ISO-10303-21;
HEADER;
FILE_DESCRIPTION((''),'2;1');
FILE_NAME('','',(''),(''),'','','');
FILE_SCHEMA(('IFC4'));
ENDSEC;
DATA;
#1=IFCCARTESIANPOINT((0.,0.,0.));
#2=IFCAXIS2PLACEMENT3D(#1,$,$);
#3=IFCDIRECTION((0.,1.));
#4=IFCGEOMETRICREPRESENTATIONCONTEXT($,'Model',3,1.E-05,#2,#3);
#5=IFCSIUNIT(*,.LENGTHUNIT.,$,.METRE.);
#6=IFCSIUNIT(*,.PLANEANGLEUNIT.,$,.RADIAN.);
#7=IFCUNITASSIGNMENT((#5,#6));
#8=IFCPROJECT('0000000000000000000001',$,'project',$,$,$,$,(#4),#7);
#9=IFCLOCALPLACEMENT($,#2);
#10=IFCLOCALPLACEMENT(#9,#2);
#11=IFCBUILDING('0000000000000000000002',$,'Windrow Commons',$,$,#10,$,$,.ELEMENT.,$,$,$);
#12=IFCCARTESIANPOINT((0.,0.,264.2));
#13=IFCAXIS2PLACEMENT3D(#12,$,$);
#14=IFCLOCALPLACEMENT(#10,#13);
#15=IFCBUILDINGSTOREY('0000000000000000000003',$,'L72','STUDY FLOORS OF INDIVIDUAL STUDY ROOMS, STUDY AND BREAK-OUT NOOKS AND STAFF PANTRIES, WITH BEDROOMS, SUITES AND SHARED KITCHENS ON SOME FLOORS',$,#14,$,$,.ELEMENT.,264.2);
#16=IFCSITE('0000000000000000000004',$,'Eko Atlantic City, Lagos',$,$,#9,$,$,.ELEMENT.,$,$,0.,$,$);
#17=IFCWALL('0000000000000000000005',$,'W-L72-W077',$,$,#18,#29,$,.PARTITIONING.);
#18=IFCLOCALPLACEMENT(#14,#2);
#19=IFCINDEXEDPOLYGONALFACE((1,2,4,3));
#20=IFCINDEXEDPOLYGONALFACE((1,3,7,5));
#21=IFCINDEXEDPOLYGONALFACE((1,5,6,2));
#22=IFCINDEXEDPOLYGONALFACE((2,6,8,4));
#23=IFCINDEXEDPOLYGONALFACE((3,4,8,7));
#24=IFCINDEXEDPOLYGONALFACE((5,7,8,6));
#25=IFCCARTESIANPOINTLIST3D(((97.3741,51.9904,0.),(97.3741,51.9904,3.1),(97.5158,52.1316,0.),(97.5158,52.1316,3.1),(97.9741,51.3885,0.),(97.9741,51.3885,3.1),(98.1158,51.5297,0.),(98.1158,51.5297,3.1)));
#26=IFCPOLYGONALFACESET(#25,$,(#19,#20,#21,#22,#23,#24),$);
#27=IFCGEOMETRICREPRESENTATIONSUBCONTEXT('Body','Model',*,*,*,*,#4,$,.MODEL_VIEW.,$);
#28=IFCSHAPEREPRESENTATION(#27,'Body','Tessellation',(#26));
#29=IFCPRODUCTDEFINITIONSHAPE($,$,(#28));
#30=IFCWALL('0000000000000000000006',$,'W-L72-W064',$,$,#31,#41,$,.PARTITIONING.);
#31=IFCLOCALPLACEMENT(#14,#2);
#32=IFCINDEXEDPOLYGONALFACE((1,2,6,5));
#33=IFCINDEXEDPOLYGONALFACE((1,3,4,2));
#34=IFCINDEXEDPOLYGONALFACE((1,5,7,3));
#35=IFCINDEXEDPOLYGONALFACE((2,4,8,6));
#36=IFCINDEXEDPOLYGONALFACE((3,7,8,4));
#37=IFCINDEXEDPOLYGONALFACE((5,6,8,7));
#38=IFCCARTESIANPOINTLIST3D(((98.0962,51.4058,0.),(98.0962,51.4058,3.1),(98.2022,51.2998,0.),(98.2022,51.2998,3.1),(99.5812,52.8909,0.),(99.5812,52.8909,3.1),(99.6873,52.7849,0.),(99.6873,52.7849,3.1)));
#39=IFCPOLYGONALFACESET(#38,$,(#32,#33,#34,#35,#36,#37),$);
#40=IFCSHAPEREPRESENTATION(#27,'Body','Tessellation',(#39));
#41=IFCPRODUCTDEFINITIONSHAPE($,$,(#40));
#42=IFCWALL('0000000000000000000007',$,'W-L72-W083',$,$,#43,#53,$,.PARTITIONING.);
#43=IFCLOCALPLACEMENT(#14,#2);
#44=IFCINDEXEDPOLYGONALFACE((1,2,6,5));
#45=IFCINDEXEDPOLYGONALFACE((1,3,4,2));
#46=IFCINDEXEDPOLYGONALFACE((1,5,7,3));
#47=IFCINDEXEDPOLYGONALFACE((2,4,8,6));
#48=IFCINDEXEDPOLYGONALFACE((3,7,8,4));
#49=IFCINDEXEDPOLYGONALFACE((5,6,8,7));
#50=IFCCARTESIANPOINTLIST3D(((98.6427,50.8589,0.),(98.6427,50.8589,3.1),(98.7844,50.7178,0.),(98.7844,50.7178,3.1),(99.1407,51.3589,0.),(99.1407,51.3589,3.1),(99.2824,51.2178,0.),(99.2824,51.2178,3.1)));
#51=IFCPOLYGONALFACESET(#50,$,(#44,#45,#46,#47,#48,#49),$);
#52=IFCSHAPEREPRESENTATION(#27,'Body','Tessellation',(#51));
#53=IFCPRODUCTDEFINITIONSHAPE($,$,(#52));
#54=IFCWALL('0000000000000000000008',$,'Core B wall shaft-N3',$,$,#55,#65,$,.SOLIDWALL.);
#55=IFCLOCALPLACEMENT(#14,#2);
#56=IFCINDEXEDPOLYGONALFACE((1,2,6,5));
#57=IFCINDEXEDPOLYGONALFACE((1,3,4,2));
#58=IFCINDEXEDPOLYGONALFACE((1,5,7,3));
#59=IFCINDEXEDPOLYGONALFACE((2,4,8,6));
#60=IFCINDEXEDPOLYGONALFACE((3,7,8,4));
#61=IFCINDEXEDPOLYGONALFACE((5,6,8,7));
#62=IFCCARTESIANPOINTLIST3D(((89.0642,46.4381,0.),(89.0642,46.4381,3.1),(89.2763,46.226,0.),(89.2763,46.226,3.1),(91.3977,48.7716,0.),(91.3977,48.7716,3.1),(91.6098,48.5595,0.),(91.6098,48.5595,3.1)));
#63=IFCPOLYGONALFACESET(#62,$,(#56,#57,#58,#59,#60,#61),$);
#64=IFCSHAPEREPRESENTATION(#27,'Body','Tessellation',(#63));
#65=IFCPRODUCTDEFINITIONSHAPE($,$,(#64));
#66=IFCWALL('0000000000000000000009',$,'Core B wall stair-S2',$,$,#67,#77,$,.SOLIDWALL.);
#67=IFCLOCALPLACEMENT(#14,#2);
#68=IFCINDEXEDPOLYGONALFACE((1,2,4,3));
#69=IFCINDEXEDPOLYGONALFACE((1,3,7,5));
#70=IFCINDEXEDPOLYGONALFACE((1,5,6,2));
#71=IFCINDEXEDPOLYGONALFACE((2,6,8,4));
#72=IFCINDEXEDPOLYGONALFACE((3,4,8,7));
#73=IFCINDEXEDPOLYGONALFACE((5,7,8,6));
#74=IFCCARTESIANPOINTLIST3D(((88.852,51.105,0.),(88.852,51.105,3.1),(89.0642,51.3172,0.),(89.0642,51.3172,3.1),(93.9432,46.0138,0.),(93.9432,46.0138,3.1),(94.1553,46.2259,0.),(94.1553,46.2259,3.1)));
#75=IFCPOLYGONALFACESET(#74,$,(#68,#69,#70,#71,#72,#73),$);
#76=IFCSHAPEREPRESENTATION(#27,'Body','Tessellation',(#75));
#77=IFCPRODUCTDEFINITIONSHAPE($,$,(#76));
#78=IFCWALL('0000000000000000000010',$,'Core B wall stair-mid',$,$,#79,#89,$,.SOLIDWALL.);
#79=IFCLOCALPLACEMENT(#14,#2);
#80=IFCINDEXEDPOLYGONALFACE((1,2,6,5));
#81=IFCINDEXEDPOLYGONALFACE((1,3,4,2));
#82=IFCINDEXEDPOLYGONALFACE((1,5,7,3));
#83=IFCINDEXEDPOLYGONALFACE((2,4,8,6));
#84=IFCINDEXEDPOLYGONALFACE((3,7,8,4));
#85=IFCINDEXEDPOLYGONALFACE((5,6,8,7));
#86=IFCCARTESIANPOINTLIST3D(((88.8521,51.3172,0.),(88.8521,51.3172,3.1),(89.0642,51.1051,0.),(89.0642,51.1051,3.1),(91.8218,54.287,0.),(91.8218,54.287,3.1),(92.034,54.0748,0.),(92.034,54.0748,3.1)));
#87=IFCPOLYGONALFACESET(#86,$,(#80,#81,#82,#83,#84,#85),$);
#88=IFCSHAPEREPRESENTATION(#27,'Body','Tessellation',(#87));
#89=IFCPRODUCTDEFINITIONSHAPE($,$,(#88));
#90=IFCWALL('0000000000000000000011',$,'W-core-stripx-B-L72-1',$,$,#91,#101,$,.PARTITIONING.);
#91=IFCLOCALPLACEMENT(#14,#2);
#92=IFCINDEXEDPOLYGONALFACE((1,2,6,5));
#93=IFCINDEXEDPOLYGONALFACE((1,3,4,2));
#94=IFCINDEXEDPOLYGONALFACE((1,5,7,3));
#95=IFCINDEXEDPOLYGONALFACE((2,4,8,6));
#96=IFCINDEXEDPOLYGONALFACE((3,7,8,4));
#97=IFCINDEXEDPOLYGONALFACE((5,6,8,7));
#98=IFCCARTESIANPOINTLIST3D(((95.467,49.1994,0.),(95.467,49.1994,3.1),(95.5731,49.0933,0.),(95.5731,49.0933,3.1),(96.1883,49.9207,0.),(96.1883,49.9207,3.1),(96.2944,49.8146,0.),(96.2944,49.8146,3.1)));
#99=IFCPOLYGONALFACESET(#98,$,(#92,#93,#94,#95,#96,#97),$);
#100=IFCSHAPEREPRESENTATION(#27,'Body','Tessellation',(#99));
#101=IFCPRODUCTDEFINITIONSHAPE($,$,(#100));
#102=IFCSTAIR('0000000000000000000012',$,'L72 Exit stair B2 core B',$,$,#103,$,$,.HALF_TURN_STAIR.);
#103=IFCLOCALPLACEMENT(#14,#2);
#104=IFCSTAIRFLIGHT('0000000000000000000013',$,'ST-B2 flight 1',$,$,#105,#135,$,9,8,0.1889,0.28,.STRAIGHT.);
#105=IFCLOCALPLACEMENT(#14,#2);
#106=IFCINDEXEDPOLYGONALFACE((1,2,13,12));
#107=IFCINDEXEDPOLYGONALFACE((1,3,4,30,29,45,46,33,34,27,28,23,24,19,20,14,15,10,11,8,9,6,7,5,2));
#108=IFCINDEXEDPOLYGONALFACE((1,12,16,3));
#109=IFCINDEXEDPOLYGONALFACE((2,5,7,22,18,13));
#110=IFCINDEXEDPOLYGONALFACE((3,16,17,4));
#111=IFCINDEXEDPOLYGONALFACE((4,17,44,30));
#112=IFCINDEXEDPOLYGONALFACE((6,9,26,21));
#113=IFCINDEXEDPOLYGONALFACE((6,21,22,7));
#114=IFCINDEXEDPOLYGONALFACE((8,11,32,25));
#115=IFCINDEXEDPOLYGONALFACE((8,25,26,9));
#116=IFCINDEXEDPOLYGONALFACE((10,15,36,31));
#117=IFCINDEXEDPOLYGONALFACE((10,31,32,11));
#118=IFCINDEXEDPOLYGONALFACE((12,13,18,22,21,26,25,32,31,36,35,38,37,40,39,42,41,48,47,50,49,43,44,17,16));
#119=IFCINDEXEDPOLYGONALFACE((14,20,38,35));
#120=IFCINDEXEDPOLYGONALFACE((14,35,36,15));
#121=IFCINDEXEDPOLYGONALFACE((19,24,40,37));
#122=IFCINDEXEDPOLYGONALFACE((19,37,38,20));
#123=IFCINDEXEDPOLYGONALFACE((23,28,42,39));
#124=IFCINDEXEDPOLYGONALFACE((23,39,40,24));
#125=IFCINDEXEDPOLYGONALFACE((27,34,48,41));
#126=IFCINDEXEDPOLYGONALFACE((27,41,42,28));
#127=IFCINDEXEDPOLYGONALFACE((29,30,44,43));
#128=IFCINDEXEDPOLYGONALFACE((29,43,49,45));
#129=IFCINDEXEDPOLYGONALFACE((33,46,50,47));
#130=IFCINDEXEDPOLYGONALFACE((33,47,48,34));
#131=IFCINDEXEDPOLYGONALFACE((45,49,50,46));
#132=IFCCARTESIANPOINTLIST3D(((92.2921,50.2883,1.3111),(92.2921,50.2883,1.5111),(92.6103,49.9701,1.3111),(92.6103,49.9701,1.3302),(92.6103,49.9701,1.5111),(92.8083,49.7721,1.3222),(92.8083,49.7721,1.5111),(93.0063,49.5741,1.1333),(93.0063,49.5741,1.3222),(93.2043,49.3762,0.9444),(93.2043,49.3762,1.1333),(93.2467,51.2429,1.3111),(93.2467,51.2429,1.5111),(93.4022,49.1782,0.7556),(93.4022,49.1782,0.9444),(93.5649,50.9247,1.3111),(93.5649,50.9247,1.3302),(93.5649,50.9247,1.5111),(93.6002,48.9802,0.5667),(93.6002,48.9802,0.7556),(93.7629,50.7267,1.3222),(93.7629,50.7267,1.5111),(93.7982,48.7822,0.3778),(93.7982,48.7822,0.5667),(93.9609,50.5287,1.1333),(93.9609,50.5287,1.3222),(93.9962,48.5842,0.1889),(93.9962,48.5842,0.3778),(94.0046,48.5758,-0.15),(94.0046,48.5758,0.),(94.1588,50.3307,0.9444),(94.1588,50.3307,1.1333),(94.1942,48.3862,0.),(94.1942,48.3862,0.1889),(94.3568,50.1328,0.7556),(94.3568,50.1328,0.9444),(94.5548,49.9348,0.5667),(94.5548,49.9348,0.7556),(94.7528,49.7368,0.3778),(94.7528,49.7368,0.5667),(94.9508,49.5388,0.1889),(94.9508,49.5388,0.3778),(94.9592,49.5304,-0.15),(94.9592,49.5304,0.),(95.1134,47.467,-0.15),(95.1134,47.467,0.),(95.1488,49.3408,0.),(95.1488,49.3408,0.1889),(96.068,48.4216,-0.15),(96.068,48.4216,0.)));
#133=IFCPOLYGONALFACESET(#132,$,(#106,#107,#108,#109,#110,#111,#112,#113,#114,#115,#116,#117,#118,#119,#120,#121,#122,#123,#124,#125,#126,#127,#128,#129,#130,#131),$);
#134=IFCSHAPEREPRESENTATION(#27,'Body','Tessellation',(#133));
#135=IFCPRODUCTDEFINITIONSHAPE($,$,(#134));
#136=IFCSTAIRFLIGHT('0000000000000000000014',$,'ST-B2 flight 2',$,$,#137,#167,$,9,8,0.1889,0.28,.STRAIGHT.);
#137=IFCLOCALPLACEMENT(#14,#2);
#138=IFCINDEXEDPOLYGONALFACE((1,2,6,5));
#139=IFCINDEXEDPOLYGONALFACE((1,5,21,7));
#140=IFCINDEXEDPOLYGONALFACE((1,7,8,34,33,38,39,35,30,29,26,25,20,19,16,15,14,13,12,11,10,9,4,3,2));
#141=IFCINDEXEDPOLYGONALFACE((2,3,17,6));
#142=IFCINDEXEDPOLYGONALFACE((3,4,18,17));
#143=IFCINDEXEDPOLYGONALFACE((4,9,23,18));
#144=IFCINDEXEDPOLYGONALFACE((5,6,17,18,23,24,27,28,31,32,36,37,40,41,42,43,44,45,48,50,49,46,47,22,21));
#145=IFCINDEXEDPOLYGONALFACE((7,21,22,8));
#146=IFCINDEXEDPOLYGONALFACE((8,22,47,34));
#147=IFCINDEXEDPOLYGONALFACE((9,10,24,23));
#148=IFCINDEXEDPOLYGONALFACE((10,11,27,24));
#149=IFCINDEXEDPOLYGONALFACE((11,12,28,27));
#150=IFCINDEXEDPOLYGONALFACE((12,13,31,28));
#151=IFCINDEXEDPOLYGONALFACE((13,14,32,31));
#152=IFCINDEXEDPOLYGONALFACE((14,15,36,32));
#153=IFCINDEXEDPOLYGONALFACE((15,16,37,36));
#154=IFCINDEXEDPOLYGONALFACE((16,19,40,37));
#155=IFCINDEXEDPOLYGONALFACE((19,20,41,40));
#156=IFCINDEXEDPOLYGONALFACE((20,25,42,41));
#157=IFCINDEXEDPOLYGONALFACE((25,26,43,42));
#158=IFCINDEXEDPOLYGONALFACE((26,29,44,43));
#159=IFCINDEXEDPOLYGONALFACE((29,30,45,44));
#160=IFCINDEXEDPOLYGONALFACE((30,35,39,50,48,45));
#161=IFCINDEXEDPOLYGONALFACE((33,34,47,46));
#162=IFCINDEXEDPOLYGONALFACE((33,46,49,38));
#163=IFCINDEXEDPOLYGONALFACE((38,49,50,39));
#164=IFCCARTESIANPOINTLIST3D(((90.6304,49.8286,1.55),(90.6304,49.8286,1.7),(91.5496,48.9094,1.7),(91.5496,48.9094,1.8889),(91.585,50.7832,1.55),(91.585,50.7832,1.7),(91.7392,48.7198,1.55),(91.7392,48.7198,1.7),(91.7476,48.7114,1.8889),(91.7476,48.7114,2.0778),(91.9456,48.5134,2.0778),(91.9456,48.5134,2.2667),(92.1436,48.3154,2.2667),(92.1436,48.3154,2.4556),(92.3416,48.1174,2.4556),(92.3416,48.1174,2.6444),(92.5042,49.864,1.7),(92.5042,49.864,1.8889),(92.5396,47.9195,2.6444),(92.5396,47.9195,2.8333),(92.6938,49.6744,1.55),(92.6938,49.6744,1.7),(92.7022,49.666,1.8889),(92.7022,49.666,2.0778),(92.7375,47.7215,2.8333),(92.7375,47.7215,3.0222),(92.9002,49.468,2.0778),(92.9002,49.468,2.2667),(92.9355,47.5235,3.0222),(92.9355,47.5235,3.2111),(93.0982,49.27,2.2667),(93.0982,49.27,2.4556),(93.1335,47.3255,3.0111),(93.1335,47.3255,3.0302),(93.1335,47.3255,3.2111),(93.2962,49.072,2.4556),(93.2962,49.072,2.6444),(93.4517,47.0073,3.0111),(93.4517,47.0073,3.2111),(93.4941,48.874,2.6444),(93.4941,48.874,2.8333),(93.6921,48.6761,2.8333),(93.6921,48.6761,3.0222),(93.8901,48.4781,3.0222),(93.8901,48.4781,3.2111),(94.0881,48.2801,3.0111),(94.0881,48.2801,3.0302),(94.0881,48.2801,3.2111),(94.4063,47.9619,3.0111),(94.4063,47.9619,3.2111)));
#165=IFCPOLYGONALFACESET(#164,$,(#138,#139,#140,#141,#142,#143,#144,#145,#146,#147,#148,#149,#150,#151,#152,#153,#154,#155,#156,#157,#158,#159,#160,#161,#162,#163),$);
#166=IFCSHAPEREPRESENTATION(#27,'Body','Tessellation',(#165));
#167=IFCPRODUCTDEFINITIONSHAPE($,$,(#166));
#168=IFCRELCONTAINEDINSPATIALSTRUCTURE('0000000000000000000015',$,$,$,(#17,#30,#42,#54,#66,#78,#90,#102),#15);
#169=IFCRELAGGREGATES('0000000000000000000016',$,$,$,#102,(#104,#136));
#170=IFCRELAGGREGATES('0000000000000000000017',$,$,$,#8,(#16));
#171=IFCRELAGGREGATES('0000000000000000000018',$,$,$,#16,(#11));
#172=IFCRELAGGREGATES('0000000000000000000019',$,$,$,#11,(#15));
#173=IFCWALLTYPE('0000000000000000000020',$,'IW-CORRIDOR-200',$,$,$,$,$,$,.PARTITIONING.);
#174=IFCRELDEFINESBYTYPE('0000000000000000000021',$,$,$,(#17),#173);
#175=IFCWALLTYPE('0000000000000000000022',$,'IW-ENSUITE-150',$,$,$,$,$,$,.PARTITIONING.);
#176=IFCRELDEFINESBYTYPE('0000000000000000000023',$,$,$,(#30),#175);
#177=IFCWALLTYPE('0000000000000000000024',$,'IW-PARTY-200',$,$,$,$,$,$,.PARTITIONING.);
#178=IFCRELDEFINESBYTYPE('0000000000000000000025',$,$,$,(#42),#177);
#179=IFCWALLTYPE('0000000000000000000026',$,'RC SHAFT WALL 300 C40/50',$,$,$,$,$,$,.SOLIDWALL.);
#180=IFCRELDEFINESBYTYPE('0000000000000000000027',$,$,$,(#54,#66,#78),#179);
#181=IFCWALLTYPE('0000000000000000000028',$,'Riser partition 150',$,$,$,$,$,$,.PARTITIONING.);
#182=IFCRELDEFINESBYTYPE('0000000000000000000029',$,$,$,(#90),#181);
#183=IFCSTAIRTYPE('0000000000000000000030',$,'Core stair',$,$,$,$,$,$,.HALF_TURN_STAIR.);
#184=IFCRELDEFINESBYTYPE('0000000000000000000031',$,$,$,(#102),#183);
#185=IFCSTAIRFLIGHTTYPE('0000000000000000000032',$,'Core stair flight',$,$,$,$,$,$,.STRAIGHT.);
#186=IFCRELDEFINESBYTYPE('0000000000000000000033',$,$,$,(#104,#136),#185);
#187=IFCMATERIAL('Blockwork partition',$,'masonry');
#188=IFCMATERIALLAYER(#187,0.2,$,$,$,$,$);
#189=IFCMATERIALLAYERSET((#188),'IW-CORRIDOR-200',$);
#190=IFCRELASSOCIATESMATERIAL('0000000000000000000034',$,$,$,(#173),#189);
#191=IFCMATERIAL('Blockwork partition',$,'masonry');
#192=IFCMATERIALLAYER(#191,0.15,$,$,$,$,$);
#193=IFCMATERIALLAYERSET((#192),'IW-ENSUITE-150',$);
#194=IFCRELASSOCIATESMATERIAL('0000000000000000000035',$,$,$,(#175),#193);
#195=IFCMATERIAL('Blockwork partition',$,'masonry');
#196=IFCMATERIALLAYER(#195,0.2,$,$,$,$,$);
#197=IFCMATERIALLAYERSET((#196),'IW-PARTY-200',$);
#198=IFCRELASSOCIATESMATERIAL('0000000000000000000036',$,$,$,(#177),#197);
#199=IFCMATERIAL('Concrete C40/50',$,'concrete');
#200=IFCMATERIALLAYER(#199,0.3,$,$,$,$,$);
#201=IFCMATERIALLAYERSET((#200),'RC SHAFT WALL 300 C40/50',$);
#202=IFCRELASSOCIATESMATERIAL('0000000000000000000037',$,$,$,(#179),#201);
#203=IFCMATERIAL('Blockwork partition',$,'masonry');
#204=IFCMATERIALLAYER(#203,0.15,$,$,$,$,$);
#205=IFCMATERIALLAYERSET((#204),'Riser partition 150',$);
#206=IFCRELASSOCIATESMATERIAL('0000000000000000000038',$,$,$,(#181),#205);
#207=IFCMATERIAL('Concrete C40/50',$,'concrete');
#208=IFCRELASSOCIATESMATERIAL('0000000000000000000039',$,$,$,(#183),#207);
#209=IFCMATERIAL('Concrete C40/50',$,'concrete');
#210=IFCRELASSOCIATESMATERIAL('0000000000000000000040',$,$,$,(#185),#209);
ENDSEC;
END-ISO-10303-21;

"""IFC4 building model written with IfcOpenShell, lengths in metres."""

from ifc_helpers import new_model, si_unit, direction, frame, frame_2d, origin, place, context, subcontext, project, spatial, polyline, rectangle, outline, extrude, material, layer, layer_set, type_object, element, aggregate, save


model = new_model("IFC4")

# Units and contexts
model_context = context("Model", 3, precision=1e-05, world=origin(), true_north=direction((0.0, 1.0)))
body_context = subcontext(model_context, "Body", "Model", "MODEL_VIEW")
ifc_project = project(units=[si_unit("LENGTHUNIT", "METRE"), si_unit("PLANEANGLEUNIT", "RADIAN")], contexts=[model_context])

# Site, building, storey
site_placement = place(None, origin())
site = spatial("IfcSite", under=ifc_project, at=site_placement, Name="Eko Atlantic City, Lagos", CompositionType="ELEMENT", RefElevation=0.0)
building_placement = place(site_placement, origin())
building = spatial("IfcBuilding", under=site, at=building_placement, Name="Windrow Commons", CompositionType="ELEMENT")
storey_placement = place(building_placement, frame((0.0, 0.0, 264.2)))
storey = spatial("IfcBuildingStorey", under=building, at=storey_placement, Name="L72", Description="STUDY FLOORS OF INDIVIDUAL STUDY ROOMS, STUDY AND BREAK-OUT NOOKS AND STAFF PANTRIES, WITH BEDROOMS, SUITES AND SHARED KITCHENS ON SOME FLOORS", CompositionType="ELEMENT", Elevation=264.2)

# Walls
ifc_material_1 = material(Name="Blockwork partition", Category="masonry")
ifc_layer_1 = layer(ifc_material_1, 0.2)
ifc_layer_set_1 = layer_set([ifc_layer_1], Name="IW-CORRIDOR-200")
wall_type_1 = type_object("IfcWallType", Name="IW-CORRIDOR-200", PredefinedType="PARTITIONING", material=ifc_layer_set_1)
wall_1_placement = place(storey_placement, frame((97.445, 52.061, 0.0), z_axis=(0.0, 0.0, 1.0), x_axis=(0.705929, -0.708282, 0.0)))
element("IfcWall", 1, at=wall_1_placement, inside=storey, type_object=wall_type_1, Name="W-L72-W077", PredefinedType="PARTITIONING", context=body_context, shape_type="SweptSolid", body=[
    extrude(rectangle(XDim=0.8499, YDim=0.2, at=frame_2d((0.4249, 0.0))), origin(), (0.0, 0.0, 1.0), 3.1),
])
ifc_material_2 = material(Name="Blockwork partition", Category="masonry")
ifc_layer_2 = layer(ifc_material_2, 0.15)
ifc_layer_set_2 = layer_set([ifc_layer_2], Name="IW-ENSUITE-150")
wall_type_2 = type_object("IfcWallType", Name="IW-ENSUITE-150", PredefinedType="PARTITIONING", material=ifc_layer_set_2)
wall_2_placement = place(storey_placement, frame((98.1492, 51.3528, 0.0), z_axis=(0.0, 0.0, 1.0), x_axis=(0.707083, 0.707131, 0.0)))
element("IfcWall", 2, at=wall_2_placement, inside=storey, type_object=wall_type_2, Name="W-L72-W064", PredefinedType="PARTITIONING", context=body_context, shape_type="SweptSolid", body=[
    extrude(rectangle(XDim=2.1002, YDim=0.15, at=frame_2d((1.0501, 0.0))), origin(), (0.0, 0.0, 1.0), 3.1),
])
ifc_material_3 = material(Name="Blockwork partition", Category="masonry")
ifc_layer_3 = layer(ifc_material_3, 0.2)
ifc_layer_set_3 = layer_set([ifc_layer_3], Name="IW-PARTY-200")
wall_type_3 = type_object("IfcWallType", Name="IW-PARTY-200", PredefinedType="PARTITIONING", material=ifc_layer_set_3)
wall_3_placement = place(storey_placement, frame((98.7136, 50.7884, 0.0), z_axis=(0.0, 0.0, 1.0), x_axis=(0.705688, 0.708522, 0.0)))
element("IfcWall", 3, at=wall_3_placement, inside=storey, type_object=wall_type_3, Name="W-L72-W083", PredefinedType="PARTITIONING", context=body_context, shape_type="SweptSolid", body=[
    extrude(rectangle(XDim=0.7057, YDim=0.2, at=frame_2d((0.3528, 0.0))), origin(), (0.0, 0.0, 1.0), 3.1),
])
ifc_material_4 = material(Name="Concrete C40/50", Category="concrete")
ifc_layer_4 = layer(ifc_material_4, 0.3)
ifc_layer_set_4 = layer_set([ifc_layer_4], Name="RC SHAFT WALL 300 C40/50")
wall_type_4 = type_object("IfcWallType", Name="RC SHAFT WALL 300 C40/50", PredefinedType="SOLIDWALL", material=ifc_layer_set_4)
wall_4_placement = place(storey_placement, frame((89.1702, 46.332, 0.0), z_axis=(0.0, 0.0, 1.0), x_axis=(0.707107, 0.707107, 0.0)))
element("IfcWall", 4, at=wall_4_placement, inside=storey, type_object=wall_type_4, Name="Core B wall shaft-N3", PredefinedType="SOLIDWALL", context=body_context, shape_type="SweptSolid", body=[
    extrude(rectangle(XDim=3.3001, YDim=0.3, at=frame_2d((1.6501, 0.0))), origin(), (0.0, 0.0, 1.0), 3.1),
])
wall_5_placement = place(storey_placement, frame((88.9581, 51.2111, 0.0), z_axis=(0.0, 0.0, 1.0), x_axis=(0.7071, -0.707114, 0.0)))
element("IfcWall", 5, at=wall_5_placement, inside=storey, type_object=wall_type_4, Name="Core B wall stair-S2", PredefinedType="SOLIDWALL", context=body_context, shape_type="SweptSolid", body=[
    extrude(rectangle(XDim=7.2, YDim=0.3, at=frame_2d((3.6, 0.0))), origin(), (0.0, 0.0, 1.0), 3.1),
])
wall_6_placement = place(storey_placement, frame((88.9581, 51.2111, 0.0), z_axis=(0.0, 0.0, 1.0), x_axis=(0.707107, 0.707107, 0.0)))
element("IfcWall", 6, at=wall_6_placement, inside=storey, type_object=wall_type_4, Name="Core B wall stair-mid", PredefinedType="SOLIDWALL", context=body_context, shape_type="SweptSolid", body=[
    extrude(rectangle(XDim=4.1999, YDim=0.3, at=frame_2d((2.1, 0.0))), origin(), (0.0, 0.0, 1.0), 3.1),
])
ifc_material_5 = material(Name="Blockwork partition", Category="masonry")
ifc_layer_5 = layer(ifc_material_5, 0.15)
ifc_layer_set_5 = layer_set([ifc_layer_5], Name="Riser partition 150")
wall_type_5 = type_object("IfcWallType", Name="Riser partition 150", PredefinedType="PARTITIONING", material=ifc_layer_set_5)
wall_7_placement = place(storey_placement, frame((95.52, 49.1463, 0.0), z_axis=(0.0, 0.0, 1.0), x_axis=(0.707107, 0.707107, 0.0)))
element("IfcWall", 7, at=wall_7_placement, inside=storey, type_object=wall_type_5, Name="W-core-stripx-B-L72-1", PredefinedType="PARTITIONING", context=body_context, shape_type="SweptSolid", body=[
    extrude(rectangle(XDim=1.0201, YDim=0.15, at=frame_2d((0.5101, 0.0))), origin(), (0.0, 0.0, 1.0), 3.1),
])

# Stair, stair flights
ifc_material_6 = material(Name="Concrete C40/50", Category="concrete")
stair_type = type_object("IfcStairType", Name="Core stair", PredefinedType="HALF_TURN_STAIR", material=ifc_material_6)
stair_placement = place(storey_placement, origin())
stair = element("IfcStair", 8, at=stair_placement, inside=storey, type_object=stair_type, Name="L72 Exit stair B2 core B", PredefinedType="HALF_TURN_STAIR")
ifc_material_7 = material(Name="Concrete C40/50", Category="concrete")
stair_flight_type = type_object("IfcStairFlightType", Name="Core stair flight", PredefinedType="STRAIGHT", material=ifc_material_7)
stair_flight_1_placement = place(storey_placement, frame((94.6715, 48.8635, 0.0), z_axis=(0.0, 0.0, 1.0), x_axis=(-0.707107, 0.707107, 0.0)))
stair_flight_1 = element("IfcStairFlight", 9, at=stair_flight_1_placement, type_object=stair_flight_type, Name="ST-B2 flight 1", NumberOfRisers=9, NumberOfTreads=8, PredefinedType="STRAIGHT", RiserHeight=0.1889, TreadLength=0.28, context=body_context, shape_type="SweptSolid", body=[
    extrude(outline(polyline([(-1.3, -0.15), (-1.3, 0.0), (0.0, 0.0), (0.0, 0.1889), (0.28, 0.1889), (0.28, 0.3778), (0.56, 0.3778), (0.56, 0.5667), (0.84, 0.5667), (0.84, 0.7556), (1.12, 0.7556), (1.12, 0.9444), (1.4, 0.9444), (1.4, 1.1333), (1.68, 1.1333), (1.68, 1.3222), (1.96, 1.3222), (1.96, 1.5111), (2.24, 1.5111), (2.69, 1.5111), (2.69, 1.3111), (2.24, 1.3111), (2.24, 1.3302), (0.2682, 0.0), (0.2682, -0.15), (-1.3, -0.15)])), frame((0.0, 0.675, 0.0), z_axis=(0.0, -1.0, 0.0), x_axis=(1.0, 0.0, 0.0)), (0.0, 0.0, 1.0), 1.35),
])
stair_flight_2_placement = place(storey_placement, frame((92.0269, 49.3867, 1.7), z_axis=(0.0, 0.0, 1.0), x_axis=(0.707107, -0.707107, 0.0)))
stair_flight_2 = element("IfcStairFlight", 10, at=stair_flight_2_placement, type_object=stair_flight_type, Name="ST-B2 flight 2", NumberOfRisers=9, NumberOfTreads=8, PredefinedType="STRAIGHT", RiserHeight=0.1889, TreadLength=0.28, context=body_context, shape_type="SweptSolid", body=[
    extrude(outline(polyline([(-1.3, -0.15), (-1.3, 0.0), (0.0, 0.0), (0.0, 0.1889), (0.28, 0.1889), (0.28, 0.3778), (0.56, 0.3778), (0.56, 0.5667), (0.84, 0.5667), (0.84, 0.7556), (1.12, 0.7556), (1.12, 0.9444), (1.4, 0.9444), (1.4, 1.1333), (1.68, 1.1333), (1.68, 1.3222), (1.96, 1.3222), (1.96, 1.5111), (2.24, 1.5111), (2.69, 1.5111), (2.69, 1.3111), (2.24, 1.3111), (2.24, 1.3302), (0.2682, 0.0), (0.2682, -0.15), (-1.3, -0.15)])), frame((0.0, 0.675, 0.0), z_axis=(0.0, -1.0, 0.0), x_axis=(1.0, 0.0, 0.0)), (0.0, 0.0, 1.0), 1.35),
])
aggregate(stair, [stair_flight_1, stair_flight_2])

save(model, "model.ifc")
